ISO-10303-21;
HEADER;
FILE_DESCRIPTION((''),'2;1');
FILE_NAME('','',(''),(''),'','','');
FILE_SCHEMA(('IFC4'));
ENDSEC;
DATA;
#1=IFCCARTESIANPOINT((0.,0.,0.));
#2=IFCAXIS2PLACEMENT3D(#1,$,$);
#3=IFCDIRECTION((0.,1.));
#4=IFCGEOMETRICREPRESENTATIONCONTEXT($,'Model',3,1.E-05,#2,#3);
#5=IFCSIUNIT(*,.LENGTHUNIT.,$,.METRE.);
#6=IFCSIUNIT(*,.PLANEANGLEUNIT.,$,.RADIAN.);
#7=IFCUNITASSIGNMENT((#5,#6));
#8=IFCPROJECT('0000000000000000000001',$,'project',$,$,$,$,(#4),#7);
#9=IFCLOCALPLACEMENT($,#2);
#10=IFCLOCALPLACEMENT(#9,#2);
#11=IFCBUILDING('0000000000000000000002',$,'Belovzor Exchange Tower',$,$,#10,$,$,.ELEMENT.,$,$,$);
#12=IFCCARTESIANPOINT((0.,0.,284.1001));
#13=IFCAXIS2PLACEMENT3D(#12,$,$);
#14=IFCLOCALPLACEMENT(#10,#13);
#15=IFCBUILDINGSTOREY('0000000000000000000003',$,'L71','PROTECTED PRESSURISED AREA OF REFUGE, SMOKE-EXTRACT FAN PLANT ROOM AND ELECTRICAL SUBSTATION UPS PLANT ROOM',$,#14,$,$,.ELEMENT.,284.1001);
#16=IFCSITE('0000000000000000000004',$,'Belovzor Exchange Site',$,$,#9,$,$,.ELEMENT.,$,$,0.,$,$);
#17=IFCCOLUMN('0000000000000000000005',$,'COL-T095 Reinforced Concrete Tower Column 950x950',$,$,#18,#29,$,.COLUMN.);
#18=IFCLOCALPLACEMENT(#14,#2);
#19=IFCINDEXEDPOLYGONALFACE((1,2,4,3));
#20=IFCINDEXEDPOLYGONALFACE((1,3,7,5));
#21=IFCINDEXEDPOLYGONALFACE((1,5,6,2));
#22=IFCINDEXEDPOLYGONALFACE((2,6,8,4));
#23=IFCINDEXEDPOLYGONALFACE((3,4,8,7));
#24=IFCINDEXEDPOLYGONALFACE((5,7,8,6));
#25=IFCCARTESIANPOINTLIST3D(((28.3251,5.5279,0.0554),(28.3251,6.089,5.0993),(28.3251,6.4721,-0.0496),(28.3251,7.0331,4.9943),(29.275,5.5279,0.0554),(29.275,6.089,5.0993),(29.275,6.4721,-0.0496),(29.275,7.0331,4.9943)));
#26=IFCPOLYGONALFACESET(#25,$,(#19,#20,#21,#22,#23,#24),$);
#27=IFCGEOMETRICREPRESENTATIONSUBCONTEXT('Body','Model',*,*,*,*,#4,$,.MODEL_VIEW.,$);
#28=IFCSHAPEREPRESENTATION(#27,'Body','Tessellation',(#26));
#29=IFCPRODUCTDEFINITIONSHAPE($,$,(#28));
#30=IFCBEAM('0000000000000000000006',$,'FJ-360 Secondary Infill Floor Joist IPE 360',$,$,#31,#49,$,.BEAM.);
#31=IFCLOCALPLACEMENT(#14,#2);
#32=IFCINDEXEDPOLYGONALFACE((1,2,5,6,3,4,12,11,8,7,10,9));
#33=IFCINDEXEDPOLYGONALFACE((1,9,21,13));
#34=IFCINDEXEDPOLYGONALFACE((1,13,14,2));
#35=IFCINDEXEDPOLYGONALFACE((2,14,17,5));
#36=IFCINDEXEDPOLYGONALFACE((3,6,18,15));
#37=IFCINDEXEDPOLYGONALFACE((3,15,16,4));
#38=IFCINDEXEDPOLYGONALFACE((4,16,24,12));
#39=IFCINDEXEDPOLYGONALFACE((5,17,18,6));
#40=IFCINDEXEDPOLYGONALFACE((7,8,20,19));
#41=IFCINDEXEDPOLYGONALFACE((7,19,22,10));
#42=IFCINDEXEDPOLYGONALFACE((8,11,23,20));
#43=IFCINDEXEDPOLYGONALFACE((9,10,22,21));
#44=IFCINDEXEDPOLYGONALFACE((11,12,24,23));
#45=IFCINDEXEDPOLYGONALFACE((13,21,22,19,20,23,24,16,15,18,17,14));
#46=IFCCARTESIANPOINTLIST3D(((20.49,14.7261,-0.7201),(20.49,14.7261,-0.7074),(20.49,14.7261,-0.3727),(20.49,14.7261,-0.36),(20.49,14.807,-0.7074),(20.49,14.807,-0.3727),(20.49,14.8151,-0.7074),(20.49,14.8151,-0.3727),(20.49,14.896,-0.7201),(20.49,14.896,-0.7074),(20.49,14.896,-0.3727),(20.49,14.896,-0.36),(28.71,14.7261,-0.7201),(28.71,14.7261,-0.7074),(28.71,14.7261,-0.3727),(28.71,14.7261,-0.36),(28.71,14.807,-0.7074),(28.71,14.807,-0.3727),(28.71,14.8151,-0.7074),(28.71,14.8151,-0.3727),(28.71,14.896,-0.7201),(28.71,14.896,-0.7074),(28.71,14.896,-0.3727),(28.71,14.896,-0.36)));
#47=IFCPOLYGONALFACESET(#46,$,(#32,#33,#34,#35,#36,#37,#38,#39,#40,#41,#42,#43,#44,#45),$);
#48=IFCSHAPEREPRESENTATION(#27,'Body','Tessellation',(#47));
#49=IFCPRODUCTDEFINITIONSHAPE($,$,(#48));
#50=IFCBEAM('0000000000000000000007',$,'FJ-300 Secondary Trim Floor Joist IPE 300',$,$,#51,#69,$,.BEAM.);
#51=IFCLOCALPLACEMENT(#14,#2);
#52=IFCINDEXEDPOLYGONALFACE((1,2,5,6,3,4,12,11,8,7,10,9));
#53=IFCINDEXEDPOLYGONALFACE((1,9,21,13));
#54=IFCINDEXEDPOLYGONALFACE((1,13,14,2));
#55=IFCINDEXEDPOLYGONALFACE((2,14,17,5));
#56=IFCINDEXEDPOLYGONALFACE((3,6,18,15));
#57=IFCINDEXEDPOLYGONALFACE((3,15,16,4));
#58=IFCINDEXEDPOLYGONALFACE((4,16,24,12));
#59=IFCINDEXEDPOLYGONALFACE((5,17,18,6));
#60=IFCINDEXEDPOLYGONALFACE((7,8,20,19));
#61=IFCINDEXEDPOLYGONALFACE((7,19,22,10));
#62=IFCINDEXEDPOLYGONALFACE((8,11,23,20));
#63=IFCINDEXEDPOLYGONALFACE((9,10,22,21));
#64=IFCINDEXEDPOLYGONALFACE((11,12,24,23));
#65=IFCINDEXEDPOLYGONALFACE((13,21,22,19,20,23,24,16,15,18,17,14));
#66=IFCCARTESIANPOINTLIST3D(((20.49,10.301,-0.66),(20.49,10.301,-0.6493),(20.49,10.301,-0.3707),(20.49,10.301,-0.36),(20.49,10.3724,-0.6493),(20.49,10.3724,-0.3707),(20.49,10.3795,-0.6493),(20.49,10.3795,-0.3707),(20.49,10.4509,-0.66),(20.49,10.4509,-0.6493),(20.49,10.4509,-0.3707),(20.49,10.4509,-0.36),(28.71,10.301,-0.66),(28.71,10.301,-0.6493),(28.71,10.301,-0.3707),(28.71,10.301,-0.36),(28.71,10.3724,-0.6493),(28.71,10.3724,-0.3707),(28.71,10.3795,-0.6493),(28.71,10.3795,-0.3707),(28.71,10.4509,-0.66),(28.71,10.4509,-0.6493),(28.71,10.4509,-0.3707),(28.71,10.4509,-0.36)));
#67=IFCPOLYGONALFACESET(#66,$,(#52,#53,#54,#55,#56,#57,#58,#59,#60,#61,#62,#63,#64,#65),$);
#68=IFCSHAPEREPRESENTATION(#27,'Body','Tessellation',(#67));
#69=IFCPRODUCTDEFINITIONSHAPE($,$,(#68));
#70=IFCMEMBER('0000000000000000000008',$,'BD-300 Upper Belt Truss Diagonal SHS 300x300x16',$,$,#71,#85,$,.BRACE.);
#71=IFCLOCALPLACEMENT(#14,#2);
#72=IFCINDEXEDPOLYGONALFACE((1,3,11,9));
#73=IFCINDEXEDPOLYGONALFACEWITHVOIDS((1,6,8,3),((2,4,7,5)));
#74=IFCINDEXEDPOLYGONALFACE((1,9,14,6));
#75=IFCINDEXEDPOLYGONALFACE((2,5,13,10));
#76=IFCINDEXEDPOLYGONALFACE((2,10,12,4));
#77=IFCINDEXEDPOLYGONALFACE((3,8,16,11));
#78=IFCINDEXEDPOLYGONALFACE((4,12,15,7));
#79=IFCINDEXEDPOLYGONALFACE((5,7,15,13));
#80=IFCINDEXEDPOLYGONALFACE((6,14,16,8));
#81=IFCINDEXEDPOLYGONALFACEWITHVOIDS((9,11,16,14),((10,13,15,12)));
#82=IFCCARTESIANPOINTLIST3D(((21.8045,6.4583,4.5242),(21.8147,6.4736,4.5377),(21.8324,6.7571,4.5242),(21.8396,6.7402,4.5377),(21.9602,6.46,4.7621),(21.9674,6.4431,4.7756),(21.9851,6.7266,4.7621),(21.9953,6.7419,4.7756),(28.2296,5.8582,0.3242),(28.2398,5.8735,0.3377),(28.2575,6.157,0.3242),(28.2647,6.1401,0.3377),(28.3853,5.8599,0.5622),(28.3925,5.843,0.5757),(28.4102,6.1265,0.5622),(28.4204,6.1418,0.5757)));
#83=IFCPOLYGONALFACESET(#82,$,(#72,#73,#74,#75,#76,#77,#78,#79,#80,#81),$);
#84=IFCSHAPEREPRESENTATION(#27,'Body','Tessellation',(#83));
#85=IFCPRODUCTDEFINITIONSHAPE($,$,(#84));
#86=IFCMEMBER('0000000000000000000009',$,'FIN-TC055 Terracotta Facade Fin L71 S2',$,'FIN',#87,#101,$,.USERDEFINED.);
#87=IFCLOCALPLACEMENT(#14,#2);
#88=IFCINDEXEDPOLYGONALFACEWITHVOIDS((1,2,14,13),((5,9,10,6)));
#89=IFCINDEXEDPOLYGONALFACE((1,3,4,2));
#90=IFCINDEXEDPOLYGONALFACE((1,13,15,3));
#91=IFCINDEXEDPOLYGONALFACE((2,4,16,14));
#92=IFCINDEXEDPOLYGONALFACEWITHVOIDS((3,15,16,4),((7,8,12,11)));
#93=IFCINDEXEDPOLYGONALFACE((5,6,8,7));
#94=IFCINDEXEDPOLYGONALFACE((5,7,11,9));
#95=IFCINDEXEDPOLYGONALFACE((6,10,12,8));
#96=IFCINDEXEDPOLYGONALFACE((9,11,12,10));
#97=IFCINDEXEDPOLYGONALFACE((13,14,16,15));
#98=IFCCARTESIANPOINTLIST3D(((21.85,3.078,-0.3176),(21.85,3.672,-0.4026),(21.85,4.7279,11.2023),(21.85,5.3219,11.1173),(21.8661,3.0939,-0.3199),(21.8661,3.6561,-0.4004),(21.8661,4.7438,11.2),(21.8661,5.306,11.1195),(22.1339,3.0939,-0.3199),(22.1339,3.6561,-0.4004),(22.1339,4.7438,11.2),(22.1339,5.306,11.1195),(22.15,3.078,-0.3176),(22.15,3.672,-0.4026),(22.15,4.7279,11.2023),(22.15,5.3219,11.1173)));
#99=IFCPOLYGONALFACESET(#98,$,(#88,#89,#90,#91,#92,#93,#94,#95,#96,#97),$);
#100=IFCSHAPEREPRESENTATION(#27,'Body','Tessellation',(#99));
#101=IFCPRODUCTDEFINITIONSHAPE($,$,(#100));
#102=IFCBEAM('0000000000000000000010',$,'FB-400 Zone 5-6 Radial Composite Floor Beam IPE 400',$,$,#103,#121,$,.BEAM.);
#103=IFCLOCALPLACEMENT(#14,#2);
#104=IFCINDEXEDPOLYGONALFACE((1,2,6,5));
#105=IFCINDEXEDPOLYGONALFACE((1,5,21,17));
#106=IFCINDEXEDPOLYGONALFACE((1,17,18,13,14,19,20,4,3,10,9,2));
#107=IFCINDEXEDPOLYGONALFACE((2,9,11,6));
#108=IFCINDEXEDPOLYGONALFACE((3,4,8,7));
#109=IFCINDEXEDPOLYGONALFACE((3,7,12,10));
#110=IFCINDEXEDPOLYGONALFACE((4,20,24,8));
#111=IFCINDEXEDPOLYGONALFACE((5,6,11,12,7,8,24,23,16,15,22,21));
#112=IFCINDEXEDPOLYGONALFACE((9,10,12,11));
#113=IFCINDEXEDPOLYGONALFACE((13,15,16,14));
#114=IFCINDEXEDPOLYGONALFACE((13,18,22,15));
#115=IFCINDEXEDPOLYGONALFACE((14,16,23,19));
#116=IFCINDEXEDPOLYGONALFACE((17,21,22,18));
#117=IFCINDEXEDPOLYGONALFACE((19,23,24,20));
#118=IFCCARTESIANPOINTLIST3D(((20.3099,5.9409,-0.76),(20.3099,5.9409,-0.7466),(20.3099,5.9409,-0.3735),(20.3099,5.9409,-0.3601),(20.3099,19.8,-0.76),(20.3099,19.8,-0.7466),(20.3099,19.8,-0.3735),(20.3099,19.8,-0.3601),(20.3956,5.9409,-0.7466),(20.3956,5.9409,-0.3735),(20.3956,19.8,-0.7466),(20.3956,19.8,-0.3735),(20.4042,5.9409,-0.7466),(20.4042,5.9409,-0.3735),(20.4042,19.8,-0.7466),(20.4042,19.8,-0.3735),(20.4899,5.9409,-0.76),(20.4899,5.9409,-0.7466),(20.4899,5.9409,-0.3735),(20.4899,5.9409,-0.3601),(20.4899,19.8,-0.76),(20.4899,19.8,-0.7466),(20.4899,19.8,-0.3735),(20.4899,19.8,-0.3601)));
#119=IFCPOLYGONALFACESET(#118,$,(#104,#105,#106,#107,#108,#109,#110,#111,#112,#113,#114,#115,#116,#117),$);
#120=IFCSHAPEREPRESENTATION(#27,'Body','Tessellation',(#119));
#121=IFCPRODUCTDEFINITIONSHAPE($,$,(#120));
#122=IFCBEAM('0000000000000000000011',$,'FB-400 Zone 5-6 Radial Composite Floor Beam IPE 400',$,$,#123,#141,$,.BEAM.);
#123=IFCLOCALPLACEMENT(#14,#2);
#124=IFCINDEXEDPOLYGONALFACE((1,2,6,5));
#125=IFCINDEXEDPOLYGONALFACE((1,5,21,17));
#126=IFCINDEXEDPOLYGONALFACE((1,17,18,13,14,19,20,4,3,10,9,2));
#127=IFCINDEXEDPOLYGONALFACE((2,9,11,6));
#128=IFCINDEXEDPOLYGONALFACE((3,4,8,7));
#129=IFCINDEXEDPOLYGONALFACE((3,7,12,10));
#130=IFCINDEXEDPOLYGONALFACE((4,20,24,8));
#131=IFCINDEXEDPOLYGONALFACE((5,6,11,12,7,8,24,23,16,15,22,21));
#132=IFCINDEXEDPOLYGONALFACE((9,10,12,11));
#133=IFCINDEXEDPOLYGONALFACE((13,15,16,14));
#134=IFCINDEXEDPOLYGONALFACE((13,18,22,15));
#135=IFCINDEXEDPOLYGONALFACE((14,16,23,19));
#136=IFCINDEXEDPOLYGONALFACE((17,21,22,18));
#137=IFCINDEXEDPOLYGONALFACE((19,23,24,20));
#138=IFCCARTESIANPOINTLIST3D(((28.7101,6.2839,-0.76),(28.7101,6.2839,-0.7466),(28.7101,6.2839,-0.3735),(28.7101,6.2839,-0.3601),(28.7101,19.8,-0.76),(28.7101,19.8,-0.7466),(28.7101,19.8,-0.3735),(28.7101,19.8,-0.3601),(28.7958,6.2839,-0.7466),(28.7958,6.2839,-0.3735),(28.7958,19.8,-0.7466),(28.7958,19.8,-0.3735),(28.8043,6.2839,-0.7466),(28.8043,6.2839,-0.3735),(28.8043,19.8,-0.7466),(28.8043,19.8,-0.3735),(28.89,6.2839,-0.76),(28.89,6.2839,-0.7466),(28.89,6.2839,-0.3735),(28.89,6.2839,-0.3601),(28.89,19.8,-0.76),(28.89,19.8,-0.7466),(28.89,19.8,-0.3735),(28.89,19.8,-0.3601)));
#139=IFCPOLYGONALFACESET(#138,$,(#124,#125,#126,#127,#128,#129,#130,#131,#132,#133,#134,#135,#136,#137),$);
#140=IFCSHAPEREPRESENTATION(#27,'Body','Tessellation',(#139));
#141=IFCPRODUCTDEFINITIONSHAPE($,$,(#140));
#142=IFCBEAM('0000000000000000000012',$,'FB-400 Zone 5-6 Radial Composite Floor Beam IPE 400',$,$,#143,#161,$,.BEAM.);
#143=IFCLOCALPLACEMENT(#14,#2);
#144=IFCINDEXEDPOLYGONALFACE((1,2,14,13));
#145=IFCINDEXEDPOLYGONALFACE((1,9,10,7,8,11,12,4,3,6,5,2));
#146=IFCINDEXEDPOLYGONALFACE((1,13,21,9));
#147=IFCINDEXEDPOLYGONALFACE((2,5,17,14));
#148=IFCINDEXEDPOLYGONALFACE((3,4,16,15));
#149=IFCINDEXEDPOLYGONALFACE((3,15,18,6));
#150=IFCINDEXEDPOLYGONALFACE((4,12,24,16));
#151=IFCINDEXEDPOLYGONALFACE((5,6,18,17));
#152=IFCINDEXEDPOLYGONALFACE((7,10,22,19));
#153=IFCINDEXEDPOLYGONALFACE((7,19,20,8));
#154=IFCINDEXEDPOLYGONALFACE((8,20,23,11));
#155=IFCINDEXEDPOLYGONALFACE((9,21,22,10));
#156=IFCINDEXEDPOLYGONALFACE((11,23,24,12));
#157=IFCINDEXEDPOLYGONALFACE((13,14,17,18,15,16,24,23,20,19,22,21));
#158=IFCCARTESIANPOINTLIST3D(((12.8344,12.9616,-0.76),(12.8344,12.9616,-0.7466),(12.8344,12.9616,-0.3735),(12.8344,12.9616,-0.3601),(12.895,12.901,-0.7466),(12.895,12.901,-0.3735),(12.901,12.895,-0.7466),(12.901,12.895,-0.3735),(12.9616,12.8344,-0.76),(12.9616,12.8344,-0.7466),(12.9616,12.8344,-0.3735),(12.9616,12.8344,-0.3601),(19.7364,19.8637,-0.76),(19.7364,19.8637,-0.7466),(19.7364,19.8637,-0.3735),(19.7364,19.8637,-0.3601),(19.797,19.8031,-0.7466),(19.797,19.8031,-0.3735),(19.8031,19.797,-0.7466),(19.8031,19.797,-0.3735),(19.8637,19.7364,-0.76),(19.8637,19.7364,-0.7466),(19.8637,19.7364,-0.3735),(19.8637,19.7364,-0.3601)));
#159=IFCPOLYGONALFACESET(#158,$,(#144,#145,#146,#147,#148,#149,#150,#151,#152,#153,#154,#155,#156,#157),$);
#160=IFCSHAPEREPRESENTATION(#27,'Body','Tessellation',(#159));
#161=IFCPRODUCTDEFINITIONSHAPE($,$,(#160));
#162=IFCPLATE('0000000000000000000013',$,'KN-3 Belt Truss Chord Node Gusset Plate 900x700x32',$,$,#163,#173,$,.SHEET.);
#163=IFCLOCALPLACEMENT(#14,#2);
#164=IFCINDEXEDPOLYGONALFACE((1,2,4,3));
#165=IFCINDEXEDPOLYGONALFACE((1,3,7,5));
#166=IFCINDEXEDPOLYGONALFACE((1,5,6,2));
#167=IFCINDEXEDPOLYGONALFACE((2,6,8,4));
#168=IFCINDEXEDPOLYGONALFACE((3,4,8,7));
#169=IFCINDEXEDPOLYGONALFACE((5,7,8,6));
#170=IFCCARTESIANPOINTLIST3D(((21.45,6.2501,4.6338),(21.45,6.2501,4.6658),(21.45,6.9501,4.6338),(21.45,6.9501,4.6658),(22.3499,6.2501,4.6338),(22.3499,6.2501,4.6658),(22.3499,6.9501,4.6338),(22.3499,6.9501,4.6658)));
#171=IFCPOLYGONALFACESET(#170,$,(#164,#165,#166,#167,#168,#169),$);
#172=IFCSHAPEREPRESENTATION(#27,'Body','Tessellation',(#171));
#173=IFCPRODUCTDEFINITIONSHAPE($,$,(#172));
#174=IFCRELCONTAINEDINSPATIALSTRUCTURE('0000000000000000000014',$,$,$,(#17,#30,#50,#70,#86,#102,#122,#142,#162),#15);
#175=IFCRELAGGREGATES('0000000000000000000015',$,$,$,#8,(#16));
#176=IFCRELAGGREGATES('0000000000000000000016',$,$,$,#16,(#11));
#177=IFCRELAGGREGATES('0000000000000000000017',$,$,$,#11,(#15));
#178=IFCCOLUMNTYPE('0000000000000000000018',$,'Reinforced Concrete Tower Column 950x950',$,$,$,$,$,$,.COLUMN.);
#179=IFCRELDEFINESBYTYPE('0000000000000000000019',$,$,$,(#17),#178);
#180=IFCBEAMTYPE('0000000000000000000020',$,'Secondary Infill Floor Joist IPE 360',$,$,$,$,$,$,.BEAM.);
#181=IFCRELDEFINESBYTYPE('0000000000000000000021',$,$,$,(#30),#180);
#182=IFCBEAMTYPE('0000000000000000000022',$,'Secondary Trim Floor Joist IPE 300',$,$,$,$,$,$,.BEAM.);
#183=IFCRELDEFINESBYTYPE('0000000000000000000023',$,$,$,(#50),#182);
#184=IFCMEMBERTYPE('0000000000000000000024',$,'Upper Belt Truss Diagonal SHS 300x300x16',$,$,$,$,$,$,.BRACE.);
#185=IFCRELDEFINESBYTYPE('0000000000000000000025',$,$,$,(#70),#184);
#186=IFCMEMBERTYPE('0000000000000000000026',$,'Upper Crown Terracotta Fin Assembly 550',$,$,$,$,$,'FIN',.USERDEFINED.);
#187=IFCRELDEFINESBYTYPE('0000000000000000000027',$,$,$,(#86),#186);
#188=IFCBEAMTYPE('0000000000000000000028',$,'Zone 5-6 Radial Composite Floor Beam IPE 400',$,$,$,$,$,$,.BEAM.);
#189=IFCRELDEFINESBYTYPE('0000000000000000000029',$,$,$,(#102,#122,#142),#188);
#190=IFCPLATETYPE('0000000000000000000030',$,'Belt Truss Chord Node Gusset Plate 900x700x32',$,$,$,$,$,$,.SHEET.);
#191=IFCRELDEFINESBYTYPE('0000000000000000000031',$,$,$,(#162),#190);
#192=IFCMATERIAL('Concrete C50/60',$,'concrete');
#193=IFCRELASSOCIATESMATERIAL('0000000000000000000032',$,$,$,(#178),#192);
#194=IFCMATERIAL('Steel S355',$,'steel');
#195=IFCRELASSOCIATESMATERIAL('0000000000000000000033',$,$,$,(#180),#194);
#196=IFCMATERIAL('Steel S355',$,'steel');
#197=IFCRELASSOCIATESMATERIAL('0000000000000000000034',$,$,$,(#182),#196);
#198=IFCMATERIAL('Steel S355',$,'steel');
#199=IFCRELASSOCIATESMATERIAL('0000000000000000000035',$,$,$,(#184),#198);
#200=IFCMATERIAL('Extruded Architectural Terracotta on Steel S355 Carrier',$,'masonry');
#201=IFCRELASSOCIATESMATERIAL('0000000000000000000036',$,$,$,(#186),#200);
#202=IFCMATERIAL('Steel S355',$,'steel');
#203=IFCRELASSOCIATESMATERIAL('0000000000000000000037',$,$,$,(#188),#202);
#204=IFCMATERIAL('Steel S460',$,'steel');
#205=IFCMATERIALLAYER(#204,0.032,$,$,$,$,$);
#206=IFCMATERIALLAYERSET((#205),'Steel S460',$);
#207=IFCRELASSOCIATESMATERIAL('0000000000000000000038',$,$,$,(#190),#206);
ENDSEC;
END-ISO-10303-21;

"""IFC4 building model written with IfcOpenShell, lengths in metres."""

from ifc_helpers import new_model, si_unit, direction, frame, origin, origin_2d, place, context, subcontext, project, spatial, rectangle, hollow_rectangle, i_section, extrude, material, layer, layer_set, material_profile, profile_set, type_object, element, save


model = new_model("IFC4")

# Units and contexts
model_context = context("Model", 3, precision=1e-05, world=origin(), true_north=direction((0.0, 1.0)))
body_context = subcontext(model_context, "Body", "Model", "MODEL_VIEW")
ifc_project = project(units=[si_unit("LENGTHUNIT", "METRE"), si_unit("PLANEANGLEUNIT", "RADIAN")], contexts=[model_context])

# Site, building, storey
site_placement = place(None, origin())
site = spatial("IfcSite", under=ifc_project, at=site_placement, Name="Belovzor Exchange Site", CompositionType="ELEMENT", RefElevation=0.0)
building_placement = place(site_placement, origin())
building = spatial("IfcBuilding", under=site, at=building_placement, Name="Belovzor Exchange Tower", CompositionType="ELEMENT")
storey_placement = place(building_placement, frame((0.0, 0.0, 284.1001)))
storey = spatial("IfcBuildingStorey", under=building, at=storey_placement, Name="L71", Description="PROTECTED PRESSURISED AREA OF REFUGE, SMOKE-EXTRACT FAN PLANT ROOM AND ELECTRICAL SUBSTATION UPS PLANT ROOM", CompositionType="ELEMENT", Elevation=284.1001)

# Column
ifc_material_1 = material(Name="Concrete C50/60", Category="concrete")
ifc_material_profile_1 = material_profile(ifc_material_1, rectangle(XDim=0.95, YDim=0.95, at=origin_2d()))
ifc_profile_set_1 = profile_set([ifc_material_profile_1], Name="Concrete C50/60")
column_type = type_object("IfcColumnType", Name="Reinforced Concrete Tower Column 950x950", PredefinedType="COLUMN", material=ifc_profile_set_1)
column_placement = place(storey_placement, frame((28.8, 6.0, 0.0029), z_axis=(0.0, 0.110548, 0.993871), x_axis=(-1.0, 0.0, 0.0)))
element("IfcColumn", 1, at=column_placement, inside=storey, type_object=column_type, Name="COL-T095 Reinforced Concrete Tower Column 950x950", PredefinedType="COLUMN", context=body_context, shape_type="SweptSolid", body=[
    extrude(rectangle(XDim=0.95, YDim=0.95, at=origin_2d()), origin(), (0.0, 0.0, 1.0), 5.075),
])

# Beams
ifc_material_2 = material(Name="Steel S355", Category="steel")
ifc_material_profile_2 = material_profile(ifc_material_2, i_section(OverallWidth=0.1699, OverallDepth=0.3601, WebThickness=0.0081, FlangeThickness=0.0127, at=origin_2d()))
ifc_profile_set_2 = profile_set([ifc_material_profile_2], Name="Steel S355")
beam_type_1 = type_object("IfcBeamType", Name="Secondary Infill Floor Joist IPE 360", PredefinedType="BEAM", material=ifc_profile_set_2)
beam_1_placement = place(storey_placement, frame((20.49, 14.811, -0.54), z_axis=(1.0, 0.0, 0.0), x_axis=(0.0, 1.0, 0.0)))
element("IfcBeam", 2, at=beam_1_placement, inside=storey, type_object=beam_type_1, Name="FJ-360 Secondary Infill Floor Joist IPE 360", PredefinedType="BEAM", context=body_context, shape_type="SweptSolid", body=[
    extrude(i_section(OverallWidth=0.1699, OverallDepth=0.3601, WebThickness=0.0081, FlangeThickness=0.0127, at=origin_2d()), origin(), (0.0, 0.0, 1.0), 8.22),
])
ifc_material_3 = material(Name="Steel S355", Category="steel")
ifc_material_profile_3 = material_profile(ifc_material_3, i_section(OverallWidth=0.1499, OverallDepth=0.3, WebThickness=0.0071, FlangeThickness=0.0107, at=origin_2d()))
ifc_profile_set_3 = profile_set([ifc_material_profile_3], Name="Steel S355")
beam_type_2 = type_object("IfcBeamType", Name="Secondary Trim Floor Joist IPE 300", PredefinedType="BEAM", material=ifc_profile_set_3)
beam_2_placement = place(storey_placement, frame((20.49, 10.376, -0.51), z_axis=(1.0, 0.0, 0.0), x_axis=(0.0, 1.0, 0.0)))
element("IfcBeam", 3, at=beam_2_placement, inside=storey, type_object=beam_type_2, Name="FJ-300 Secondary Trim Floor Joist IPE 300", PredefinedType="BEAM", context=body_context, shape_type="SweptSolid", body=[
    extrude(i_section(OverallWidth=0.1499, OverallDepth=0.3, WebThickness=0.0071, FlangeThickness=0.0107, at=origin_2d()), origin(), (0.0, 0.0, 1.0), 8.22),
])

# Members
ifc_material_4 = material(Name="Steel S355", Category="steel")
ifc_material_profile_4 = material_profile(ifc_material_4, hollow_rectangle(XDim=0.3, YDim=0.3, WallThickness=0.0161, at=origin_2d()))
ifc_profile_set_4 = profile_set([ifc_material_profile_4], Name="Steel S355")
member_type_1 = type_object("IfcMemberType", Name="Upper Belt Truss Diagonal SHS 300x300x16", PredefinedType="BRACE", material=ifc_profile_set_4)
member_1_placement = place(storey_placement, frame((21.8999, 6.6001, 4.6499), z_axis=(0.834486, -0.077941, -0.54549), x_axis=(0.092995, 0.995667, 0.0)))
element("IfcMember", 4, at=member_1_placement, inside=storey, type_object=member_type_1, Name="BD-300 Upper Belt Truss Diagonal SHS 300x300x16", PredefinedType="BRACE", context=body_context, shape_type="SweptSolid", body=[
    extrude(hollow_rectangle(XDim=0.3, YDim=0.3, WallThickness=0.0161, at=origin_2d()), origin(), (0.0, 0.0, 1.0), 7.6995),
])
ifc_material_5 = material(Name="Extruded Architectural Terracotta on Steel S355 Carrier", Category="masonry")
ifc_material_profile_5 = material_profile(ifc_material_5, hollow_rectangle(XDim=0.3, YDim=0.6001, WallThickness=0.0161, at=origin_2d()))
ifc_profile_set_5 = profile_set([ifc_material_profile_5], Name="Extruded Architectural Terracotta on Steel S355 Carrier")
member_type_2 = type_object("IfcMemberType", Name="Upper Crown Terracotta Fin Assembly 550", ElementType="FIN", PredefinedType="USERDEFINED", material=ifc_profile_set_5)
member_2_placement = place(storey_placement, frame((22.0, 3.375, -0.3601), z_axis=(0.0, 0.141774, 0.989899), x_axis=(-1.0, 0.0, 0.0)))
element("IfcMember", 5, at=member_2_placement, inside=storey, type_object=member_type_2, Name="FIN-TC055 Terracotta Facade Fin L71 S2", ObjectType="FIN", PredefinedType="USERDEFINED", context=body_context, shape_type="SweptSolid", body=[
    extrude(hollow_rectangle(XDim=0.3, YDim=0.6001, WallThickness=0.0161, at=origin_2d()), origin(), (0.0, 0.0, 1.0), 11.6375),
])

# Beams
ifc_material_6 = material(Name="Steel S355", Category="steel")
ifc_material_profile_6 = material_profile(ifc_material_6, i_section(OverallWidth=0.1799, OverallDepth=0.3999, WebThickness=0.0085, FlangeThickness=0.0134, at=origin_2d()))
ifc_profile_set_6 = profile_set([ifc_material_profile_6], Name="Steel S355")
beam_type_3 = type_object("IfcBeamType", Name="Zone 5-6 Radial Composite Floor Beam IPE 400", PredefinedType="BEAM", material=ifc_profile_set_6)
beam_3_placement = place(storey_placement, frame((20.3999, 19.8, -0.5601), z_axis=(0.0, -1.0, 0.0), x_axis=(1.0, 0.0, 0.0)))
element("IfcBeam", 6, at=beam_3_placement, inside=storey, type_object=beam_type_3, Name="FB-400 Zone 5-6 Radial Composite Floor Beam IPE 400", PredefinedType="BEAM", context=body_context, shape_type="SweptSolid", body=[
    extrude(i_section(OverallWidth=0.1799, OverallDepth=0.3999, WebThickness=0.0085, FlangeThickness=0.0134, at=origin_2d()), origin(), (0.0, 0.0, 1.0), 13.8591),
])
beam_4_placement = place(storey_placement, frame((28.8, 19.8, -0.5601), z_axis=(0.0, -1.0, 0.0), x_axis=(1.0, 0.0, 0.0)))
element("IfcBeam", 7, at=beam_4_placement, inside=storey, type_object=beam_type_3, Name="FB-400 Zone 5-6 Radial Composite Floor Beam IPE 400", PredefinedType="BEAM", context=body_context, shape_type="SweptSolid", body=[
    extrude(i_section(OverallWidth=0.1799, OverallDepth=0.3999, WebThickness=0.0085, FlangeThickness=0.0134, at=origin_2d()), origin(), (0.0, 0.0, 1.0), 13.5161),
])
beam_5_placement = place(storey_placement, frame((19.8, 19.8, -0.5601), z_axis=(-0.707107, -0.707107, 0.0), x_axis=(0.707107, -0.707107, 0.0)))
element("IfcBeam", 8, at=beam_5_placement, inside=storey, type_object=beam_type_3, Name="FB-400 Zone 5-6 Radial Composite Floor Beam IPE 400", PredefinedType="BEAM", context=body_context, shape_type="SweptSolid", body=[
    extrude(i_section(OverallWidth=0.1799, OverallDepth=0.3999, WebThickness=0.0085, FlangeThickness=0.0134, at=origin_2d()), origin(), (0.0, 0.0, 1.0), 9.761),
])

# Plate
ifc_material_7 = material(Name="Steel S460", Category="steel")
ifc_layer_1 = layer(ifc_material_7, 0.032)
ifc_layer_set_1 = layer_set([ifc_layer_1], Name="Steel S460")
plate_type_1 = type_object("IfcPlateType", Name="Belt Truss Chord Node Gusset Plate 900x700x32", PredefinedType="SHEET", material=ifc_layer_set_1)
plate_1_placement = place(storey_placement, frame((21.8999, 6.6001, 4.6338), z_axis=(0.0, 0.0, 1.0), x_axis=(1.0, 0.0, 0.0)))
element("IfcPlate", 9, at=plate_1_placement, inside=storey, type_object=plate_type_1, Name="KN-3 Belt Truss Chord Node Gusset Plate 900x700x32", PredefinedType="SHEET", context=body_context, shape_type="SweptSolid", body=[
    extrude(rectangle(XDim=0.8999, YDim=0.7, at=origin_2d()), origin(), (0.0, 0.0, 1.0), 0.032),
])

save(model, "model.ifc")
